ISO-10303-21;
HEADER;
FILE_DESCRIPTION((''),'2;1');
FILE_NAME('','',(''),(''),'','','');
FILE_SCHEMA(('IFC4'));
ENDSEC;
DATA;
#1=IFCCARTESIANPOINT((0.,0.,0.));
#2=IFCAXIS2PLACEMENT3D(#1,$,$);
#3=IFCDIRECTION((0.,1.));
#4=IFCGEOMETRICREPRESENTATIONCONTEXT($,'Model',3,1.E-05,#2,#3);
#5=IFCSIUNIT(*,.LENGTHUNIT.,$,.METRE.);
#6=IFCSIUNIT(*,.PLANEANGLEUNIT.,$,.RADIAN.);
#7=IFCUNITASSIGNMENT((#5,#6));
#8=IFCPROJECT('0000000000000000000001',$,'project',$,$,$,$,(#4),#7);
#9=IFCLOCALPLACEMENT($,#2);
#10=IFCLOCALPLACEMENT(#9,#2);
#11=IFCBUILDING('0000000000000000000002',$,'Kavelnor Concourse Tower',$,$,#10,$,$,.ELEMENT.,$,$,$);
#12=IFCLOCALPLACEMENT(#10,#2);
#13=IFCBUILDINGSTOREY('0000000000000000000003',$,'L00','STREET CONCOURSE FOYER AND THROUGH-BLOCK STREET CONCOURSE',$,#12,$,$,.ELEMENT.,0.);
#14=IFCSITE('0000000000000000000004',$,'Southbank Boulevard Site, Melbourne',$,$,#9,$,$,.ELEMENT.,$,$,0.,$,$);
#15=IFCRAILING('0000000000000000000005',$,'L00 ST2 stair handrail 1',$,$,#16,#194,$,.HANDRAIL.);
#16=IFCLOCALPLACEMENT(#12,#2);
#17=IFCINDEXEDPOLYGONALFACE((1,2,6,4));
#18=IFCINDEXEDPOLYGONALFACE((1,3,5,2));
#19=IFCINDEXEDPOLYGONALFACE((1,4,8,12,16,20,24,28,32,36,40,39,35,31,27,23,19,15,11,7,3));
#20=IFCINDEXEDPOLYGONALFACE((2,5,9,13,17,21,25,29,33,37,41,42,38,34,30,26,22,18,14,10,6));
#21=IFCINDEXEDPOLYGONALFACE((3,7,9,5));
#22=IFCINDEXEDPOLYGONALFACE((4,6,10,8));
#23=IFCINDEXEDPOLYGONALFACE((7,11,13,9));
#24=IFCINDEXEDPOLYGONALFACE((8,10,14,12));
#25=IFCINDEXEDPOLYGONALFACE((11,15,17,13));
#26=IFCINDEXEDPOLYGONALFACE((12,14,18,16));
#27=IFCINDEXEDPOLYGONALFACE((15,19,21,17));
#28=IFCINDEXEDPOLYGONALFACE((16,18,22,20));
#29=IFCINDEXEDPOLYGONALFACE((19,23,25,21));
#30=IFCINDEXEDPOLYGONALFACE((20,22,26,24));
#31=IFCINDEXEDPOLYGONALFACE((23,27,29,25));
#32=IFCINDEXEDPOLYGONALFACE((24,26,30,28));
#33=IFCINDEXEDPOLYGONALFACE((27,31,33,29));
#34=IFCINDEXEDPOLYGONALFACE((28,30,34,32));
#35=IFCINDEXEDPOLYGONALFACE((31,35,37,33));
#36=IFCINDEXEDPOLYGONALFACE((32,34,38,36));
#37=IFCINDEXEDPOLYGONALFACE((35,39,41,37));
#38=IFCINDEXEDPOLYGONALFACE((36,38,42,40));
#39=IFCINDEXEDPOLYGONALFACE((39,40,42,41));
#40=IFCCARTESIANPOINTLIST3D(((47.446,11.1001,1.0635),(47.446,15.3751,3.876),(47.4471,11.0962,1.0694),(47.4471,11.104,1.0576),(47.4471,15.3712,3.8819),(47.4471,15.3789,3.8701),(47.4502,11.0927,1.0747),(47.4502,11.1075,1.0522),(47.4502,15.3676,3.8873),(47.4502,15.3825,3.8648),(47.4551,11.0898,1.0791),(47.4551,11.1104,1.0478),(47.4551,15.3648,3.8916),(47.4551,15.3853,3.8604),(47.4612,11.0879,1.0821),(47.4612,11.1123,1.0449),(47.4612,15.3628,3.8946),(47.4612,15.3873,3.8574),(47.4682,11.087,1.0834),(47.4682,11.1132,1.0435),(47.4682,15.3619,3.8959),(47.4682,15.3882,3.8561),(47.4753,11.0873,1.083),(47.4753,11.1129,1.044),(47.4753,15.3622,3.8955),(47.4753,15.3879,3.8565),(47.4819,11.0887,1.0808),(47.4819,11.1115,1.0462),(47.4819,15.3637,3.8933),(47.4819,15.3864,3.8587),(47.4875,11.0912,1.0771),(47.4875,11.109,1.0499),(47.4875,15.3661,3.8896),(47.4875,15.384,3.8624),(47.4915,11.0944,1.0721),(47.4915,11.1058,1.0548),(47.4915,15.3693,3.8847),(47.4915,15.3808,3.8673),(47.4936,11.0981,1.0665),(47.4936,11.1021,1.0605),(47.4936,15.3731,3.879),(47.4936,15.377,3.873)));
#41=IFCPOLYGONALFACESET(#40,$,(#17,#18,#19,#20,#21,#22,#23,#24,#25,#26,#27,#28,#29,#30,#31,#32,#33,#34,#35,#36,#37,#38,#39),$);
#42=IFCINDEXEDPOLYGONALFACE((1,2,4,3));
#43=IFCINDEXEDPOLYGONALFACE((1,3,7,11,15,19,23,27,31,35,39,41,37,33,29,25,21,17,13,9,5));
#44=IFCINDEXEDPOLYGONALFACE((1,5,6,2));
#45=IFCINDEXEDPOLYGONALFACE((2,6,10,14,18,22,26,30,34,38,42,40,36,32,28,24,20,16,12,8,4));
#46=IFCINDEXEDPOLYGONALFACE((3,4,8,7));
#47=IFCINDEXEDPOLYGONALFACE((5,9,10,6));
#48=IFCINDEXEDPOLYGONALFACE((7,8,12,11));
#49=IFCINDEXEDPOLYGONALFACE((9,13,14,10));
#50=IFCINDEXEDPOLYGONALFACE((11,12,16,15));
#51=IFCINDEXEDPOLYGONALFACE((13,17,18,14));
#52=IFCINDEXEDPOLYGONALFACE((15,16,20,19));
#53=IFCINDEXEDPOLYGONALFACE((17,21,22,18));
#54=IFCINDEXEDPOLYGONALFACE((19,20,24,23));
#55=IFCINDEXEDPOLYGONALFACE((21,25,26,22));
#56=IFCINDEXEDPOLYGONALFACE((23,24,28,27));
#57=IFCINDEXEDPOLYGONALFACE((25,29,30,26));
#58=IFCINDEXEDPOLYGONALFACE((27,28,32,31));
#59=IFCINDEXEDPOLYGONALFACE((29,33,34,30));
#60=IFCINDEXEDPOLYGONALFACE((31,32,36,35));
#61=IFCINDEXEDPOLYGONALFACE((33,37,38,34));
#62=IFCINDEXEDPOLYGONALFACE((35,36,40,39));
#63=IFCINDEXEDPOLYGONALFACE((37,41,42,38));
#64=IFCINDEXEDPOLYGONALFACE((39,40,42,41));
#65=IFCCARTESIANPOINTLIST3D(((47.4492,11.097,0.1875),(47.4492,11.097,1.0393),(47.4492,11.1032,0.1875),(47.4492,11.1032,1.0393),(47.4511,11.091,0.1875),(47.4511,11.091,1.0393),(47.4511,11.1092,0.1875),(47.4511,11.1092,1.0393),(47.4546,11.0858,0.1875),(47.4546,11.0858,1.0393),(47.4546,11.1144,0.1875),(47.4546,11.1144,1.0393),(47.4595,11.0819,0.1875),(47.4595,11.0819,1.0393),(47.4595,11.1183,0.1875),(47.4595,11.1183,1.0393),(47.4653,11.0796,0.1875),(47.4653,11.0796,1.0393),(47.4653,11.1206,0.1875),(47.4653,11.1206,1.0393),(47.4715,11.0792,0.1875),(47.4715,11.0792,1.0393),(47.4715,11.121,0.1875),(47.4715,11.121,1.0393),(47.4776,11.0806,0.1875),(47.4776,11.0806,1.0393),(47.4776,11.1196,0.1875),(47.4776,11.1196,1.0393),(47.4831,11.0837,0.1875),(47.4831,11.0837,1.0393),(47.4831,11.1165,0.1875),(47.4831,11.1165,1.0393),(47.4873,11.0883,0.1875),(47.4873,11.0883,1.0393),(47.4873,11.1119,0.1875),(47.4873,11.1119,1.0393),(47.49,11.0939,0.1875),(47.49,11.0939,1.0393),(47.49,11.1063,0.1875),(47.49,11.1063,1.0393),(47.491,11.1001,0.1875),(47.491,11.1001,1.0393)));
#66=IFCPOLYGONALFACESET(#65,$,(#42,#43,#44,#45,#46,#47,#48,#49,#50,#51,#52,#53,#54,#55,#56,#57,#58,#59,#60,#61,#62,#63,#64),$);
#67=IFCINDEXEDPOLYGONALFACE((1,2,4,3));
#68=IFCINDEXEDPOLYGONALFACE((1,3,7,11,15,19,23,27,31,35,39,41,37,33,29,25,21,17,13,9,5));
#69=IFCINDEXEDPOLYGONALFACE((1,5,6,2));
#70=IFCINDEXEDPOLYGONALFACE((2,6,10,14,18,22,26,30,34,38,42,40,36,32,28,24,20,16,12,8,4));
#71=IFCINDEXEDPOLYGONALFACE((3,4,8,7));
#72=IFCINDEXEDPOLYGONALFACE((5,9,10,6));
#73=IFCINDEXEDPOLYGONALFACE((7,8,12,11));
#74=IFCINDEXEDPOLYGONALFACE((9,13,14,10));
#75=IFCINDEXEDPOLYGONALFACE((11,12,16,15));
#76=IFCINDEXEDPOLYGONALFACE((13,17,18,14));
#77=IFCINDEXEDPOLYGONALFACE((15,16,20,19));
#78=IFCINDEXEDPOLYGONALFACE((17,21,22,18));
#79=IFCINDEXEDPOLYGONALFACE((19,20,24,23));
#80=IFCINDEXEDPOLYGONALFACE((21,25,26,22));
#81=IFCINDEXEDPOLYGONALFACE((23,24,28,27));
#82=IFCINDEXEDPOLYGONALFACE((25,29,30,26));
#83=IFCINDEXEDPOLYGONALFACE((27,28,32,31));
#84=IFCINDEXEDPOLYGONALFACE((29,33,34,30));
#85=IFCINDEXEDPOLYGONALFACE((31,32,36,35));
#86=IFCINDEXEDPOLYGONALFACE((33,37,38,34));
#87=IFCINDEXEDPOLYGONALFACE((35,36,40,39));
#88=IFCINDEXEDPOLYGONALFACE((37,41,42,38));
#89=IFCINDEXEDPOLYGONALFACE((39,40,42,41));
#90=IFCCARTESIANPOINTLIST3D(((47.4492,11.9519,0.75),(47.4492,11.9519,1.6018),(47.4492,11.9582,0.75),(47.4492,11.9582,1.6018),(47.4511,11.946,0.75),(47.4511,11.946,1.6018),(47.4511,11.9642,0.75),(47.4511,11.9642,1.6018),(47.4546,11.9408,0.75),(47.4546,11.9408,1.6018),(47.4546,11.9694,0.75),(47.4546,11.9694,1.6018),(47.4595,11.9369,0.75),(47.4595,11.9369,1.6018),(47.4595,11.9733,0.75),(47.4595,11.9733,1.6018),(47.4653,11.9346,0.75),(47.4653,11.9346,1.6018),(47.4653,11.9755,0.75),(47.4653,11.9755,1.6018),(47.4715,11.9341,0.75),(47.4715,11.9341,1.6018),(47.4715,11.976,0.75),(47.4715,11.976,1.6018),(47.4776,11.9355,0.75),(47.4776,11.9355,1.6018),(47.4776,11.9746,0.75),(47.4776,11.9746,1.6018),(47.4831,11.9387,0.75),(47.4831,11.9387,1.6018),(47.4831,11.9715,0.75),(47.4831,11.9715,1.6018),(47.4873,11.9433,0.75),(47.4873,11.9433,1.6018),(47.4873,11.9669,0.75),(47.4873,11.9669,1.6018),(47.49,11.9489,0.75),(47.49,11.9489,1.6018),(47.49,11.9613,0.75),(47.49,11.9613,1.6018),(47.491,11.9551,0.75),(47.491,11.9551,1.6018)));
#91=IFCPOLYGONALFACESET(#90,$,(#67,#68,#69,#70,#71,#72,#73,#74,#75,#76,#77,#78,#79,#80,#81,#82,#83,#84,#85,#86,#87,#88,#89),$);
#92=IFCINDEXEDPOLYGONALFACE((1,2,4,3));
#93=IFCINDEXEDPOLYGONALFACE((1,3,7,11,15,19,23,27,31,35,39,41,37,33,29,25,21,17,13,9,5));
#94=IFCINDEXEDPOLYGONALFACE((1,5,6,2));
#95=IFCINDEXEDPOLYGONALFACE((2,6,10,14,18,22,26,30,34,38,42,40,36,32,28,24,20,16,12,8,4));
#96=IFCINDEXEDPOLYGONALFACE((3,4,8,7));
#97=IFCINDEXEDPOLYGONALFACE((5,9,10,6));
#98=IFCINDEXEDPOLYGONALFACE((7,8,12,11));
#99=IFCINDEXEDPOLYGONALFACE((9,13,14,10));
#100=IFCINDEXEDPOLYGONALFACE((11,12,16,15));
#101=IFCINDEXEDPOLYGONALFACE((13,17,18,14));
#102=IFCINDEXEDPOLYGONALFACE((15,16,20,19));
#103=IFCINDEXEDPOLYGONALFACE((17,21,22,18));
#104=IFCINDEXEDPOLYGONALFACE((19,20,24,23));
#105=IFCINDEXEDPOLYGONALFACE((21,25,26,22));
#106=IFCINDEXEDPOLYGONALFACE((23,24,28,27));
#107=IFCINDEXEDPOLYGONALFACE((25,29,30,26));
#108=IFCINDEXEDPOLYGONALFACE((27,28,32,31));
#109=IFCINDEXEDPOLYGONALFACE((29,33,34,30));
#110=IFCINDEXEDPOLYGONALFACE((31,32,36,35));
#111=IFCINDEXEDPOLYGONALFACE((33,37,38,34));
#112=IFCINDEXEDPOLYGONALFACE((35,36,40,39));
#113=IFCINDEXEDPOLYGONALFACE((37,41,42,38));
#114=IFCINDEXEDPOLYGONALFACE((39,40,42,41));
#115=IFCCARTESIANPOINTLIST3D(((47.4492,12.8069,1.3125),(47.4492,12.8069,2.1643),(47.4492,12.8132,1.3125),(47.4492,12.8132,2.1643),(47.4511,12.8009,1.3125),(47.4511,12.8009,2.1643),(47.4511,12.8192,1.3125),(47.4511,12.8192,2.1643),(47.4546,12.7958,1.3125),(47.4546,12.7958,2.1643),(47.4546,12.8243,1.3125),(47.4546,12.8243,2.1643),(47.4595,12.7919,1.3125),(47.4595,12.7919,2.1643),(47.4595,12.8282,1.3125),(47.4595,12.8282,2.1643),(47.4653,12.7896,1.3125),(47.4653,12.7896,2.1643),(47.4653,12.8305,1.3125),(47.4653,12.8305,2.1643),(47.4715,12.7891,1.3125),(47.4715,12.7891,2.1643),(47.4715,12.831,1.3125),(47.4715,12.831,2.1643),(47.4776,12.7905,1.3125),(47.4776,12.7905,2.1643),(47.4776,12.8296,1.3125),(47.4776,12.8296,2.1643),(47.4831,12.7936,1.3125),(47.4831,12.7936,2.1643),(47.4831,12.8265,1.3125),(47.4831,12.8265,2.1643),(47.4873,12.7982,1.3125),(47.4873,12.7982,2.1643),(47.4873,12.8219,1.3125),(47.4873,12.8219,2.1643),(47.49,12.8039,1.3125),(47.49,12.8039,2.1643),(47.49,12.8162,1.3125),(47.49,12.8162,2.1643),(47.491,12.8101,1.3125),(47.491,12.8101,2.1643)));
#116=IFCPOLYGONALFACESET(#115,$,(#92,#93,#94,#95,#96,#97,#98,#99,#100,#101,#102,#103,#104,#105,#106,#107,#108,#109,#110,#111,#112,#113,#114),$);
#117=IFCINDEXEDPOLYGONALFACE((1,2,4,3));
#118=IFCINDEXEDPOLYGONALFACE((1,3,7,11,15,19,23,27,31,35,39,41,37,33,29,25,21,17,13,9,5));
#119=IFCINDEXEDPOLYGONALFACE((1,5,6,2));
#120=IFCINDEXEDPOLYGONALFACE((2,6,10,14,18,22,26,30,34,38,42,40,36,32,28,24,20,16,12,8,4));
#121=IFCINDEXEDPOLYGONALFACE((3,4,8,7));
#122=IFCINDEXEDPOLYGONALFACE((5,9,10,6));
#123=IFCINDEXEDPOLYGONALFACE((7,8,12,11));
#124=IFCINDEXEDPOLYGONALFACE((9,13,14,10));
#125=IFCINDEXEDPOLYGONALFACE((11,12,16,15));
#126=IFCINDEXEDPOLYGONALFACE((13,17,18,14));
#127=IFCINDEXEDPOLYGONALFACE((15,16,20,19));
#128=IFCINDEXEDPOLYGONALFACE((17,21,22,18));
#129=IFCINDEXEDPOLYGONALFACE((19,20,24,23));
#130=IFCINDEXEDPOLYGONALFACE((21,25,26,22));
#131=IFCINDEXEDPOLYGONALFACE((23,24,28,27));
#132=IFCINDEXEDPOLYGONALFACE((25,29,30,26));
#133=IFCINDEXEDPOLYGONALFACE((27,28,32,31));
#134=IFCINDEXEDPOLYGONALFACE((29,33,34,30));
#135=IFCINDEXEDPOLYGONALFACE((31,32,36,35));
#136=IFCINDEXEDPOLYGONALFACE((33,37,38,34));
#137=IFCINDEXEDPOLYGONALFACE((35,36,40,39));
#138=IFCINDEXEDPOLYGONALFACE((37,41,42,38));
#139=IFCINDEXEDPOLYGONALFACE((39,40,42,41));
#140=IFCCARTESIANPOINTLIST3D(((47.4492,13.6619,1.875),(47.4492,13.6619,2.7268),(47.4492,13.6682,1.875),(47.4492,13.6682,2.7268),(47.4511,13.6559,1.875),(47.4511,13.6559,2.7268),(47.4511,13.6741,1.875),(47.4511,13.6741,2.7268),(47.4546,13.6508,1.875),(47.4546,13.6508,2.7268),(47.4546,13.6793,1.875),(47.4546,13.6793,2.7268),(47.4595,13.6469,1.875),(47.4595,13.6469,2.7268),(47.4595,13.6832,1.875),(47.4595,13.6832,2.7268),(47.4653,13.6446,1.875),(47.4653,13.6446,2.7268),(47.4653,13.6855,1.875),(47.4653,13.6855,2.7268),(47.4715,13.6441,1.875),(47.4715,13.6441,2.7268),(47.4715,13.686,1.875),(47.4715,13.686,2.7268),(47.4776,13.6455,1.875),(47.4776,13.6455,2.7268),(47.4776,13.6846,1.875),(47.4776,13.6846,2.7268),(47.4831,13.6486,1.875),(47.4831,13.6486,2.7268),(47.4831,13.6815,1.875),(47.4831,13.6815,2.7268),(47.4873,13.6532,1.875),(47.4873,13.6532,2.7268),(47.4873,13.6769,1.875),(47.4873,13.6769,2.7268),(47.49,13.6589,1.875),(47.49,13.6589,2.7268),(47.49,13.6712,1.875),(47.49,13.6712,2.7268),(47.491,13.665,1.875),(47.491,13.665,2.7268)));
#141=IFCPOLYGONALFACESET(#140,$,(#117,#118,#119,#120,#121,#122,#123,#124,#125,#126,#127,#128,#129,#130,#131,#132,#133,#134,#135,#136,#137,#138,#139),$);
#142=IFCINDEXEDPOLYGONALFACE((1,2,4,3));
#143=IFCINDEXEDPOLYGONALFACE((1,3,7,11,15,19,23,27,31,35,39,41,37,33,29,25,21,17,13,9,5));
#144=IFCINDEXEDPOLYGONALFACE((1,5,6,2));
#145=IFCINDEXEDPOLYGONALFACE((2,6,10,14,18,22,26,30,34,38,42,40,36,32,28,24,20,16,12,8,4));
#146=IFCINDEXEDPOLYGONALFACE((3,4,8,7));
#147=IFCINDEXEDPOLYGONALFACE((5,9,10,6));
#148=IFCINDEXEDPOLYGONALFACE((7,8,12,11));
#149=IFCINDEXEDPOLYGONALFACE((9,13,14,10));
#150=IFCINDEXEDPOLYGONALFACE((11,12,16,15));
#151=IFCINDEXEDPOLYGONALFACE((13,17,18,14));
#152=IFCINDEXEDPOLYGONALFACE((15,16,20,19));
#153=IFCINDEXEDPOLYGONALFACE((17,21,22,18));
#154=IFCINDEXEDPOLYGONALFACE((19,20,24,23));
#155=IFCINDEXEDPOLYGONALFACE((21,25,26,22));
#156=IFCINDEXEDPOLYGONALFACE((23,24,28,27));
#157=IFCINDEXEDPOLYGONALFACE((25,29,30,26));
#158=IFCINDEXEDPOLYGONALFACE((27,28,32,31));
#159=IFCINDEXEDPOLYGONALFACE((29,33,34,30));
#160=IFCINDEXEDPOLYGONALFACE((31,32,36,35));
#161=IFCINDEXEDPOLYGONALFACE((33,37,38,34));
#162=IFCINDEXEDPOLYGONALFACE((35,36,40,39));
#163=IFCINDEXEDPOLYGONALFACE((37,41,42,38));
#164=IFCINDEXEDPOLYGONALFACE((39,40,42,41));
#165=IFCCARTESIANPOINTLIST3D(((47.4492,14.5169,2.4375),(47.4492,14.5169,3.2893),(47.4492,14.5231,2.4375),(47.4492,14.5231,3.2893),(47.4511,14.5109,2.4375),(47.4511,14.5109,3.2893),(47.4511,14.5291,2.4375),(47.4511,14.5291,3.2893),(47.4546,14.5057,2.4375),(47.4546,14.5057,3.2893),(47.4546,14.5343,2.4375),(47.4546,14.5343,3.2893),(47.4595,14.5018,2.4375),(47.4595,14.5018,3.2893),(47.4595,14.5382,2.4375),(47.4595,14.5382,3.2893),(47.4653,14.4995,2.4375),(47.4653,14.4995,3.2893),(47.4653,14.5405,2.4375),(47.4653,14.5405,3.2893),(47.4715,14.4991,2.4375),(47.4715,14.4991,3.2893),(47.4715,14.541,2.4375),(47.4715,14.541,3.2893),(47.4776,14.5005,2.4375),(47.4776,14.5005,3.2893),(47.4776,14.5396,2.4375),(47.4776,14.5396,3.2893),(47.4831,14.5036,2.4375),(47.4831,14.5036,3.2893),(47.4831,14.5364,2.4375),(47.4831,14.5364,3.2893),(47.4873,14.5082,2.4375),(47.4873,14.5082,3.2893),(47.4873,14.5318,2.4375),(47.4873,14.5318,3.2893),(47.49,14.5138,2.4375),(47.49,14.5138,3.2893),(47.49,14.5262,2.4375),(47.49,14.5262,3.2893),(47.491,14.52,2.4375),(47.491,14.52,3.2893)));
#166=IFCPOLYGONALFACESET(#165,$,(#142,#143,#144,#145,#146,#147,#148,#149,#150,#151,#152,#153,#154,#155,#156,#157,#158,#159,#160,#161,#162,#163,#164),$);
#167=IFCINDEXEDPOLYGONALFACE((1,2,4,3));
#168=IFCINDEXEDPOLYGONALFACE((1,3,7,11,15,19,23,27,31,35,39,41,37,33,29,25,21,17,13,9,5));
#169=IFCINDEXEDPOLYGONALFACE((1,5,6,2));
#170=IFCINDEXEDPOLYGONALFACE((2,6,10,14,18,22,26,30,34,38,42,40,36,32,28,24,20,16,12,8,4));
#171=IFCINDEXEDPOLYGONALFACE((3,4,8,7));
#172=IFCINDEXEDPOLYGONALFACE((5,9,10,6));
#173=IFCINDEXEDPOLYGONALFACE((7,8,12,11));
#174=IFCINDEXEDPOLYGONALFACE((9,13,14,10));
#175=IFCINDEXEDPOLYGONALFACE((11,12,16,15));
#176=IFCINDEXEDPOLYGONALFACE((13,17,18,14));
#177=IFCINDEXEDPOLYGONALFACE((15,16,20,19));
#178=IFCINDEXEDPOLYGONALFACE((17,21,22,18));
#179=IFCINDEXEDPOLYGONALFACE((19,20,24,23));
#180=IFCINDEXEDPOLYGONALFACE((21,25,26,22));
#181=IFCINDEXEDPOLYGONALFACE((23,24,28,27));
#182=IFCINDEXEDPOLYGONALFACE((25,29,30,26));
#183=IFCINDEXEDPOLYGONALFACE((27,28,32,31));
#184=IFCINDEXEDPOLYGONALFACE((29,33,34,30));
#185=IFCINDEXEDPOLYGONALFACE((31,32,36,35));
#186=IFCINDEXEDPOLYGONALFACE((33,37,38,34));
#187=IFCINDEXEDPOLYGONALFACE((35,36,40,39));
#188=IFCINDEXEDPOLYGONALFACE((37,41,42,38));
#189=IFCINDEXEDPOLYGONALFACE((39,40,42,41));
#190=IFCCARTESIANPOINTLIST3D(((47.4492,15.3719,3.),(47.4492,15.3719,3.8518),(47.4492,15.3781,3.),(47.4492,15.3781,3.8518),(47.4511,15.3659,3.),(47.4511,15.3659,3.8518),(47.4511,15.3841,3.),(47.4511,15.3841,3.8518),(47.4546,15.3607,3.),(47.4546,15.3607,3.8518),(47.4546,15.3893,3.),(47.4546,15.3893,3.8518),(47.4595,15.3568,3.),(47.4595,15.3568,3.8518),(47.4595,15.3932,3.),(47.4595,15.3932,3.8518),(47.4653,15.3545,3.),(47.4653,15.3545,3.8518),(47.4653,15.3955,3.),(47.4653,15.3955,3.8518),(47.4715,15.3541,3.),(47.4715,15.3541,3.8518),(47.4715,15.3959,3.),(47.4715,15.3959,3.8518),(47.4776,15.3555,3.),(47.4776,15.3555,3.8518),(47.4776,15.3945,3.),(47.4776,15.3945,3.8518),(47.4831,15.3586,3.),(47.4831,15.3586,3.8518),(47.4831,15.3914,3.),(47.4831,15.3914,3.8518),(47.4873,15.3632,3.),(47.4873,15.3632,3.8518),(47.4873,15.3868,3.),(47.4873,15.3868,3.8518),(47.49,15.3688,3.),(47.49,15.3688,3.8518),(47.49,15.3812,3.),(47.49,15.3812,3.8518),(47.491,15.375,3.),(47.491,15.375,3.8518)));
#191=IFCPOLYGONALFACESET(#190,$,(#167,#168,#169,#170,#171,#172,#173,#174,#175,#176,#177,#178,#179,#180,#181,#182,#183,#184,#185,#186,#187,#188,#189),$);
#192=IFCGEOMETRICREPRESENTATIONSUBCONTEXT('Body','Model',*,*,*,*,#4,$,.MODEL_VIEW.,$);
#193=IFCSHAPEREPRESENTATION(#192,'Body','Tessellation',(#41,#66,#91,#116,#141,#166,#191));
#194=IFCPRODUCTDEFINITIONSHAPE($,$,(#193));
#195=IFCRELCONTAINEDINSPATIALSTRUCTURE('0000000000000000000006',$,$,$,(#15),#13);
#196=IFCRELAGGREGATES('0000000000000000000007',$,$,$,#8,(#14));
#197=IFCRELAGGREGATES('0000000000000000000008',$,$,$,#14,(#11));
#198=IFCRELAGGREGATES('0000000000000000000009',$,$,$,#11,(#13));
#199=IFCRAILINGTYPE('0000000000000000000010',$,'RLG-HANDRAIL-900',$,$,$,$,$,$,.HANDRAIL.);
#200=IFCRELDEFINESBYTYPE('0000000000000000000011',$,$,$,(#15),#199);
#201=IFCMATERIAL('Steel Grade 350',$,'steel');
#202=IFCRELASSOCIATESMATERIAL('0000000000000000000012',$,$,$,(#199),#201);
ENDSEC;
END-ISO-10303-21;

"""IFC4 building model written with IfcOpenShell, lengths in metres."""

from ifc_helpers import new_model, si_unit, direction, frame, origin, origin_2d, place, context, subcontext, project, spatial, circle, extrude, material, type_object, element, save


model = new_model("IFC4")

# Units and contexts
model_context = context("Model", 3, precision=1e-05, world=origin(), true_north=direction((0.0, 1.0)))
body_context = subcontext(model_context, "Body", "Model", "MODEL_VIEW")
ifc_project = project(units=[si_unit("LENGTHUNIT", "METRE"), si_unit("PLANEANGLEUNIT", "RADIAN")], contexts=[model_context])

# Site, building, storey
site_placement = place(None, origin())
site = spatial("IfcSite", under=ifc_project, at=site_placement, Name="Southbank Boulevard Site, Melbourne", CompositionType="ELEMENT", RefElevation=0.0)
building_placement = place(site_placement, origin())
building = spatial("IfcBuilding", under=site, at=building_placement, Name="Kavelnor Concourse Tower", CompositionType="ELEMENT")
storey_placement = place(building_placement, origin())
storey = spatial("IfcBuildingStorey", under=building, at=storey_placement, Name="L00", Description="STREET CONCOURSE FOYER AND THROUGH-BLOCK STREET CONCOURSE", CompositionType="ELEMENT", Elevation=0.0)

# Shared definitions
ifc_material_1 = material(Name="Steel Grade 350", Category="steel")

# Railing
railing_type_1 = type_object("IfcRailingType", Name="RLG-HANDRAIL-900", PredefinedType="HANDRAIL", material=ifc_material_1)
railing_1_placement = place(storey_placement, frame((47.47, 11.1001, 0.1875)))
element("IfcRailing", 1, at=railing_1_placement, inside=storey, type_object=railing_type_1, Name="L00 ST2 stair handrail 1", PredefinedType="HANDRAIL", context=body_context, shape_type="SweptSolid", body=[
    extrude(circle(Radius=0.0239, at=origin_2d()), frame((0.0, 0.0, 0.876), z_axis=(0.0, 0.835411, 0.549625), x_axis=(-1.0, 0.0, 0.0)), (0.0, 0.0, 1.0), 5.1172),
    extrude(circle(Radius=0.021, at=origin_2d()), origin(), (0.0, 0.0, 1.0), 0.8518),
    extrude(circle(Radius=0.021, at=origin_2d()), frame((0.0, 0.855, 0.5625)), (0.0, 0.0, 1.0), 0.8518),
    extrude(circle(Radius=0.021, at=origin_2d()), frame((0.0, 1.71, 1.125)), (0.0, 0.0, 1.0), 0.8518),
    extrude(circle(Radius=0.021, at=origin_2d()), frame((0.0, 2.5649, 1.6875)), (0.0, 0.0, 1.0), 0.8518),
    extrude(circle(Radius=0.021, at=origin_2d()), frame((0.0, 3.4199, 2.25)), (0.0, 0.0, 1.0), 0.8518),
    extrude(circle(Radius=0.021, at=origin_2d()), frame((0.0, 4.2749, 2.8125)), (0.0, 0.0, 1.0), 0.8518),
])

save(model, "model.ifc")
